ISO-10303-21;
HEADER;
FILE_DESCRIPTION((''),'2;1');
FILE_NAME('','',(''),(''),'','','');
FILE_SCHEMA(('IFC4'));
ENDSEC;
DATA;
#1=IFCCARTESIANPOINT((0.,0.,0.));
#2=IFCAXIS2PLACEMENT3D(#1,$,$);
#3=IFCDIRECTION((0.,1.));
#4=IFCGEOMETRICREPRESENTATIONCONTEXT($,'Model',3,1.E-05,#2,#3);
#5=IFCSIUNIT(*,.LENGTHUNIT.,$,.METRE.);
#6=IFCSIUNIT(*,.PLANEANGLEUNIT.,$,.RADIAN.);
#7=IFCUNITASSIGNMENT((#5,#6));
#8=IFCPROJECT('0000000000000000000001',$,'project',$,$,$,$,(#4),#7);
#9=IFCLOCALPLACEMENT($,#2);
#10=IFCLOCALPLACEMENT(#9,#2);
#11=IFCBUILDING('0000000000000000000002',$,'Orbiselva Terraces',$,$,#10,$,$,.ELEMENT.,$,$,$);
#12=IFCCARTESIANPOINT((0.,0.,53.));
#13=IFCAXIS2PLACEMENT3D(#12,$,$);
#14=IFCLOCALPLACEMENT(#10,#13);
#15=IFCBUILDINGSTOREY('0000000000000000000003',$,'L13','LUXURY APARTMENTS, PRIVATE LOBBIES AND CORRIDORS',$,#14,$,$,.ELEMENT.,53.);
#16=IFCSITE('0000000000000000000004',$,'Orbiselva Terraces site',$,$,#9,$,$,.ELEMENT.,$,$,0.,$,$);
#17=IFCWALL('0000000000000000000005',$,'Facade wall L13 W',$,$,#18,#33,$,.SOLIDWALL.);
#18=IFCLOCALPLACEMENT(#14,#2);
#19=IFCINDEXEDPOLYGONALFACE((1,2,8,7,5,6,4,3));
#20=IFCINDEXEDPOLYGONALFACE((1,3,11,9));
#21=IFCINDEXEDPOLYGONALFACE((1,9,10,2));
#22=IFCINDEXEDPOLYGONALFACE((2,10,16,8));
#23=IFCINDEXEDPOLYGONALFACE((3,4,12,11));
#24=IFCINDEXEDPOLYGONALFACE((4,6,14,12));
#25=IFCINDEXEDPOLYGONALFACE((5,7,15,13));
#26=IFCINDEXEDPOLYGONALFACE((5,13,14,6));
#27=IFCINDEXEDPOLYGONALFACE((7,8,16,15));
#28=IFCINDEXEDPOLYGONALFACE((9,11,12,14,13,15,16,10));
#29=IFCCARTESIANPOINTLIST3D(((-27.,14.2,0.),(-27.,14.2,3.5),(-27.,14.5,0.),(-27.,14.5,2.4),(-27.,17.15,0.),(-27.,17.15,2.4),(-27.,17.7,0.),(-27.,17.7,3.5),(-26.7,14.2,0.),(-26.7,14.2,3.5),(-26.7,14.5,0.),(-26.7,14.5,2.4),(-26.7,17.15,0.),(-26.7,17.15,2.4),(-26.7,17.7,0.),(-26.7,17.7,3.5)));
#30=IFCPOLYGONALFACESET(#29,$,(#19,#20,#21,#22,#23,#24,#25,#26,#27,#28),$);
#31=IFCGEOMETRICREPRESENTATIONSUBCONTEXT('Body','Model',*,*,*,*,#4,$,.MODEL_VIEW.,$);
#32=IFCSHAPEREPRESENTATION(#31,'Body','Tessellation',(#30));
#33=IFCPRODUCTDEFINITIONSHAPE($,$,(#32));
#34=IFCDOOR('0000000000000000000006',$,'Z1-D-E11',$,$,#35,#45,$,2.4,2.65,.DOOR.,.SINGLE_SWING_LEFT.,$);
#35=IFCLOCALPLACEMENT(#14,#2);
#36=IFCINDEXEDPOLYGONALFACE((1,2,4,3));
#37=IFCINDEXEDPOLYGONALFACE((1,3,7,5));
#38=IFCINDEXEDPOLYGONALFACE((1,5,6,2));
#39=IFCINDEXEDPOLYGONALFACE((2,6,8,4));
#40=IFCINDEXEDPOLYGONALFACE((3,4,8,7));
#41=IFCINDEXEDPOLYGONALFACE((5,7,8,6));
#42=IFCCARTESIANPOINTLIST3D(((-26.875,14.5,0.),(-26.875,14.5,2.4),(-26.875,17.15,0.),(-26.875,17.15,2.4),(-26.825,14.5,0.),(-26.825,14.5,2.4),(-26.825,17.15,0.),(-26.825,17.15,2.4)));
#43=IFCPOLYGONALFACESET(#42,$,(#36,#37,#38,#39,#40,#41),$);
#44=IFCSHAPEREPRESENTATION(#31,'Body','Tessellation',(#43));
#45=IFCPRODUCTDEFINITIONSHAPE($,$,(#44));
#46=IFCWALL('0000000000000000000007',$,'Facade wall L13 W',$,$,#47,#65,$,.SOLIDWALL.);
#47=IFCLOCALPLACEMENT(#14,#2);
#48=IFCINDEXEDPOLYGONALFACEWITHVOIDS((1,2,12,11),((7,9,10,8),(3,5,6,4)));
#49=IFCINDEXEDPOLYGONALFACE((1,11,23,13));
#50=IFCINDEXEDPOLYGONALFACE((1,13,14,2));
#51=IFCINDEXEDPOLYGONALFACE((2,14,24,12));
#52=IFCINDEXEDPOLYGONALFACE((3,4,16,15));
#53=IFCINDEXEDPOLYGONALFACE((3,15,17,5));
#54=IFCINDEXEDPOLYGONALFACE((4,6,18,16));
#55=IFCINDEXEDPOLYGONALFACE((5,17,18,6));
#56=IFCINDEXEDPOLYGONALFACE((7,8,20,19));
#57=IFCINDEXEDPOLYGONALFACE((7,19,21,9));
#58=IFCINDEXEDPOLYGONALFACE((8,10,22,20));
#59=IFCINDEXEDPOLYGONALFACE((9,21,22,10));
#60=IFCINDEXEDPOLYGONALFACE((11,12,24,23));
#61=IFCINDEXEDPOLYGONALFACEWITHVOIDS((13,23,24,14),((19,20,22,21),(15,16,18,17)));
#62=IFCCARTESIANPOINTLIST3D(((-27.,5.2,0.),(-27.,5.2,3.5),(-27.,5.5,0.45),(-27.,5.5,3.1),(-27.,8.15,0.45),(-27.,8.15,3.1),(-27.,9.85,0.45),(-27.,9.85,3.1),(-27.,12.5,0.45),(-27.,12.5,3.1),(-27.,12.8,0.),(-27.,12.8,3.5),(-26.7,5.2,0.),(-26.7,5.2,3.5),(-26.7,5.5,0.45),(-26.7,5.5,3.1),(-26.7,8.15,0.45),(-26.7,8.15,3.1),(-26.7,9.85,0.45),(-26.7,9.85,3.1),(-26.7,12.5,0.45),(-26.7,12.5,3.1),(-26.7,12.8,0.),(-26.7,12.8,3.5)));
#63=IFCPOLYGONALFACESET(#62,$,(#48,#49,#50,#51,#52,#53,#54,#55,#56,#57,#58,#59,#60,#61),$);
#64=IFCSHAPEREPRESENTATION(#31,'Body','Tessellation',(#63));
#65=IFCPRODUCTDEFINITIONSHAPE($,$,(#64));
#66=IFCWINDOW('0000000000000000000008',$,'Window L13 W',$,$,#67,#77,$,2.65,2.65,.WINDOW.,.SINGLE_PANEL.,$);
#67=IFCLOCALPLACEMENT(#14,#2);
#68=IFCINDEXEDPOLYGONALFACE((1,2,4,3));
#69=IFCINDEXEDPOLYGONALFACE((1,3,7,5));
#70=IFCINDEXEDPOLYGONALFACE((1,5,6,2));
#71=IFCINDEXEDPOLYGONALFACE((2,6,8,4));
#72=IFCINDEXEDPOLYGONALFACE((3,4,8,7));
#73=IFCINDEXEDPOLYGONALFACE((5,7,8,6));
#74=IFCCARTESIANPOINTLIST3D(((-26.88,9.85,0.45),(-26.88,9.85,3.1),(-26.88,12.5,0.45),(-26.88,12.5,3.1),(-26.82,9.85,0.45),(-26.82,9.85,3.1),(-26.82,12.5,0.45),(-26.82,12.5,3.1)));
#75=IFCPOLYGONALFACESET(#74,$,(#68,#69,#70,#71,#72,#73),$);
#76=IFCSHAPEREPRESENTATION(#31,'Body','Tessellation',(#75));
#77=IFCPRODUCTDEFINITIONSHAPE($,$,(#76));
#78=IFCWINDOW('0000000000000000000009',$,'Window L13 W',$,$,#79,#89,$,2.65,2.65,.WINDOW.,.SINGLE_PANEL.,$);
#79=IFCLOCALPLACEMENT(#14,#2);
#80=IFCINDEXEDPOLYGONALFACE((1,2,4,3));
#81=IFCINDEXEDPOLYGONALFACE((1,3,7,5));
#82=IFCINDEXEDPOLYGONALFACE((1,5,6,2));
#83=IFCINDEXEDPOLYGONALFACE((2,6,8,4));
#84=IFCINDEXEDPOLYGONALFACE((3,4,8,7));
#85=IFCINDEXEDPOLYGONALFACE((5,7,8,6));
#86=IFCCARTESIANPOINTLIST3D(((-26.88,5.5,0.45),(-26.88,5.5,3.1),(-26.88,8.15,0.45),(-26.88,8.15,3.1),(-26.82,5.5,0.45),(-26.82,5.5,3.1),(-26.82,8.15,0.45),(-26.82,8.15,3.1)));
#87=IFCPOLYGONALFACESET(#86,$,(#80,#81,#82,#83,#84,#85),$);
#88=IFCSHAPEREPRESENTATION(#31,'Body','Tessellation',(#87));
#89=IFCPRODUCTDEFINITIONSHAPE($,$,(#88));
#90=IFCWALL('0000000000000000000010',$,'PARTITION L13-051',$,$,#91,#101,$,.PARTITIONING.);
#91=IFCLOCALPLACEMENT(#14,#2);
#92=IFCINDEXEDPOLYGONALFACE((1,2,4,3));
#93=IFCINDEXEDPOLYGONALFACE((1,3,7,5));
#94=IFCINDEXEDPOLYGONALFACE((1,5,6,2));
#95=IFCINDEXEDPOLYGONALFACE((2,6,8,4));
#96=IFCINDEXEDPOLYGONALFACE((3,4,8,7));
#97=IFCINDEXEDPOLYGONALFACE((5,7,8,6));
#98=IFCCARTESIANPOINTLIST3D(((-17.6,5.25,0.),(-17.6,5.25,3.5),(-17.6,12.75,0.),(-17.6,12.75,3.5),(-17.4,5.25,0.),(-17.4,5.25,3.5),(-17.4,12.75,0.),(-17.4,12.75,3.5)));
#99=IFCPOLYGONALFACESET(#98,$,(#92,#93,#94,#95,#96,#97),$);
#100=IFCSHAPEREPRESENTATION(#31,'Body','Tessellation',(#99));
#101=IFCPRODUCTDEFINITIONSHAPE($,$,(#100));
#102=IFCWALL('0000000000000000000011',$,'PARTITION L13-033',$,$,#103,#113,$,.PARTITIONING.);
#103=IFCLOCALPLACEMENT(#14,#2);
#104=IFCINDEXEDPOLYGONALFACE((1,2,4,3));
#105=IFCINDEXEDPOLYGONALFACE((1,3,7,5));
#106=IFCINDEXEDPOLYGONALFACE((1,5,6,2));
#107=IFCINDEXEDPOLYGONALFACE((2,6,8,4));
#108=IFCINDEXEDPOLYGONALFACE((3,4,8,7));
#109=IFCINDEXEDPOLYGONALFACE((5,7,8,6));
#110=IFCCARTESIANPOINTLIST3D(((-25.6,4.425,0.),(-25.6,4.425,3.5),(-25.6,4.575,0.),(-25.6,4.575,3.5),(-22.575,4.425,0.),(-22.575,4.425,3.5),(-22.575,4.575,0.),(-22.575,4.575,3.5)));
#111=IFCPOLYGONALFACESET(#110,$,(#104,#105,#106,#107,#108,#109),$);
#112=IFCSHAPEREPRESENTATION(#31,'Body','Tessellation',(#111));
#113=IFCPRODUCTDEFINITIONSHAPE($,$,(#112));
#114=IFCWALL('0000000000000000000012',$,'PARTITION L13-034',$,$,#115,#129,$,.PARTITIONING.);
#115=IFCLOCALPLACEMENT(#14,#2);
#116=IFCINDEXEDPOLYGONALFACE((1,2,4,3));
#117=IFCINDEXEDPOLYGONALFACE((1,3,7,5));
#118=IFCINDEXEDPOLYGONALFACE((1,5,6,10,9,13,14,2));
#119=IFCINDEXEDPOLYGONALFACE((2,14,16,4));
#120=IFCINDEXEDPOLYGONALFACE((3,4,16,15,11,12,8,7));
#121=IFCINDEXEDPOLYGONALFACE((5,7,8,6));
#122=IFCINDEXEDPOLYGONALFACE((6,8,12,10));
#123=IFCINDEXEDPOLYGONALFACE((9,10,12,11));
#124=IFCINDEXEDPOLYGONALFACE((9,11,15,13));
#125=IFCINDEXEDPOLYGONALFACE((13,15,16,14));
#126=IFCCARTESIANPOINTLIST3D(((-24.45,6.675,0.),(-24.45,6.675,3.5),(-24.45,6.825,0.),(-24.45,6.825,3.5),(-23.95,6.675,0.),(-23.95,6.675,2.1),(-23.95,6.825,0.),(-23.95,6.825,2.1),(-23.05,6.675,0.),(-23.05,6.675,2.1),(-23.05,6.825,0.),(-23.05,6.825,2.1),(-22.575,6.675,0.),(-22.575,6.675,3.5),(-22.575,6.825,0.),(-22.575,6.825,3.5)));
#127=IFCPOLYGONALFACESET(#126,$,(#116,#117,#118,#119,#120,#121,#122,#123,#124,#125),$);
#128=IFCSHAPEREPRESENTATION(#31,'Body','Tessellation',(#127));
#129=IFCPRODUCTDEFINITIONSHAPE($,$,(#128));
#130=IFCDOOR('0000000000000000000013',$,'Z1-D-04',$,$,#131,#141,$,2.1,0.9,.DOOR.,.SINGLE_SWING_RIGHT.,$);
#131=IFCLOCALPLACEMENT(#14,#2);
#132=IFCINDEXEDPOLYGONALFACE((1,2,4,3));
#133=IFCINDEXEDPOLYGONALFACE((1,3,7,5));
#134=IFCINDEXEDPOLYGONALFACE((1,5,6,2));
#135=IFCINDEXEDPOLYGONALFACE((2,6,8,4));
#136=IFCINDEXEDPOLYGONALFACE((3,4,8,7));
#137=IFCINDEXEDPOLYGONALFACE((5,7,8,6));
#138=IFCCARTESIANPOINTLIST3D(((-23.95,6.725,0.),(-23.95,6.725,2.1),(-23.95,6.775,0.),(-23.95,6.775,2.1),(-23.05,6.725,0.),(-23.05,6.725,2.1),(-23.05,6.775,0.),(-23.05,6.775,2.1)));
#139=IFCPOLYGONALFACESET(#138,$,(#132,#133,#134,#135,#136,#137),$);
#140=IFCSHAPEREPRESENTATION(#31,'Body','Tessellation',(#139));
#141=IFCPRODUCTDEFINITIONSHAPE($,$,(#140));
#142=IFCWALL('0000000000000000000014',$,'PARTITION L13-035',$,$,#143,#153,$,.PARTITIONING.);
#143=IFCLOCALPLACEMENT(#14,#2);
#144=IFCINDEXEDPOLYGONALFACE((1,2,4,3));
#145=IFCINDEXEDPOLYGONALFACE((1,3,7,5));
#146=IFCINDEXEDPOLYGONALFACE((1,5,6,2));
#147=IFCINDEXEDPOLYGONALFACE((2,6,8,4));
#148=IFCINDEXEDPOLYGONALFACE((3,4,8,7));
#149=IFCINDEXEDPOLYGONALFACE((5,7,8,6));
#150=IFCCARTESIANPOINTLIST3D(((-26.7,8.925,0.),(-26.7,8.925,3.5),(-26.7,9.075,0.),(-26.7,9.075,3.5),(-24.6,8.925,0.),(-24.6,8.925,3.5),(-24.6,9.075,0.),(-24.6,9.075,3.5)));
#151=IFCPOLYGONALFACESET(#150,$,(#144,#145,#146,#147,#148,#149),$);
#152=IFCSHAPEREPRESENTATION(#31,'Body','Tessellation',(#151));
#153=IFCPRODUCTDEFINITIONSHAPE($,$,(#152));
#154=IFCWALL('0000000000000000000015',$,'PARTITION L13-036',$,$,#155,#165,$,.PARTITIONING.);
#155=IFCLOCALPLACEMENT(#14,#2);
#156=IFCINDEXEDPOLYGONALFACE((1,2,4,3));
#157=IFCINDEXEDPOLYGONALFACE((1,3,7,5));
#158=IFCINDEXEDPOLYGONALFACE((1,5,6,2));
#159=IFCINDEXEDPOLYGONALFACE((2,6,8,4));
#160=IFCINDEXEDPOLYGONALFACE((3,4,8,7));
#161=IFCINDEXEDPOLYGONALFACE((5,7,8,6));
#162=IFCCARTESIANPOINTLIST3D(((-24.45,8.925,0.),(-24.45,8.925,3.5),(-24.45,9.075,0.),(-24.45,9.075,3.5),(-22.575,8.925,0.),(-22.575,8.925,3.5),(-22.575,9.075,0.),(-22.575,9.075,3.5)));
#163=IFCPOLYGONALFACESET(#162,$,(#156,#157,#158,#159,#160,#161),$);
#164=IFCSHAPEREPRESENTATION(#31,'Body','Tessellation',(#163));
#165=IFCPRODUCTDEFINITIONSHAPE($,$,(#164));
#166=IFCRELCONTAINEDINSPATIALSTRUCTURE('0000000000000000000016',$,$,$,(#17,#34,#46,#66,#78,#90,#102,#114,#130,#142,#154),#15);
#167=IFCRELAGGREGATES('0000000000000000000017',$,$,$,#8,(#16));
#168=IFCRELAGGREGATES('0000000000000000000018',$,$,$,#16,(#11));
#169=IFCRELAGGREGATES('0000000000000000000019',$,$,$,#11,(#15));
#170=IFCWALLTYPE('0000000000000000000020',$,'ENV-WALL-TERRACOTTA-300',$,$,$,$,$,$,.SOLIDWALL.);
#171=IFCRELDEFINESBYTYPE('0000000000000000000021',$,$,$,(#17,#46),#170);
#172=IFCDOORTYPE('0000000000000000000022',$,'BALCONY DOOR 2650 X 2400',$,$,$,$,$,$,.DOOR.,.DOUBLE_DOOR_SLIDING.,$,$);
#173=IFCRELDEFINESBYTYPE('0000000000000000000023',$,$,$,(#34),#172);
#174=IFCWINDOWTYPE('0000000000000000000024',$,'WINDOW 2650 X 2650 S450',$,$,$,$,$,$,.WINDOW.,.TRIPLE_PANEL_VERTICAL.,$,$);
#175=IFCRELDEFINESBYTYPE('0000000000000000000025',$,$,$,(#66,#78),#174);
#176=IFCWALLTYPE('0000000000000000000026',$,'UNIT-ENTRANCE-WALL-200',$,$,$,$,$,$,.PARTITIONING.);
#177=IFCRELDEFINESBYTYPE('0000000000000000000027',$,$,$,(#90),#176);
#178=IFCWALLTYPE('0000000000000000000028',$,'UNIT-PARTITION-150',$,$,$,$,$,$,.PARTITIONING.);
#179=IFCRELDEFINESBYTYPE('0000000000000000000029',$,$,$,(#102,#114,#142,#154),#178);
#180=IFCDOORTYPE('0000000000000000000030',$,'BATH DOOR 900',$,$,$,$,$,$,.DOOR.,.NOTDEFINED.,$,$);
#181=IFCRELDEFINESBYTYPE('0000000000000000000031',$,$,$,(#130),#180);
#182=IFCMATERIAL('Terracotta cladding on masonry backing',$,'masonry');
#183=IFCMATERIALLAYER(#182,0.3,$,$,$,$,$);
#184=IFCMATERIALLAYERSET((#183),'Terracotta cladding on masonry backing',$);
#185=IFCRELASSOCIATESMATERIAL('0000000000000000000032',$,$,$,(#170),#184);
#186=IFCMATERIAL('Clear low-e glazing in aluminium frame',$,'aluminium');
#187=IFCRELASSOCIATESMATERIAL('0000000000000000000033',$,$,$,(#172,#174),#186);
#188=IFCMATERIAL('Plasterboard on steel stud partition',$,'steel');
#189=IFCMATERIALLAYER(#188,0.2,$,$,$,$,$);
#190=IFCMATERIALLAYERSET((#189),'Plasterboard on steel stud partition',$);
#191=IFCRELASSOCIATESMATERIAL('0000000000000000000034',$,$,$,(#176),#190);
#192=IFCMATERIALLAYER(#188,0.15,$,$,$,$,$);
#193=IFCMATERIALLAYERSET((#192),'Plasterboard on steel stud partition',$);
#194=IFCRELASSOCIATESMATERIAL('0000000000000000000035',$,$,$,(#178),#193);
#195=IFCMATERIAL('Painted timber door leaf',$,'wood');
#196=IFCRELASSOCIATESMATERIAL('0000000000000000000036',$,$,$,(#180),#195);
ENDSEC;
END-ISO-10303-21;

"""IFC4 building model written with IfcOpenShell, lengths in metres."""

from ifc_helpers import new_model, si_unit, direction, frame, frame_2d, origin, place, context, subcontext, project, spatial, rectangle, extrude, material, layer, layer_set, type_object, element, fill, save


model = new_model("IFC4")

# Units and contexts
model_context = context("Model", 3, precision=1e-05, world=origin(), true_north=direction((0.0, 1.0)))
body_context = subcontext(model_context, "Body", "Model", "MODEL_VIEW")
ifc_project = project(units=[si_unit("LENGTHUNIT", "METRE"), si_unit("PLANEANGLEUNIT", "RADIAN")], contexts=[model_context])

# Site, building, storey
site_placement = place(None, origin())
site = spatial("IfcSite", under=ifc_project, at=site_placement, Name="Orbiselva Terraces site", CompositionType="ELEMENT", RefElevation=0.0)
building_placement = place(site_placement, origin())
building = spatial("IfcBuilding", under=site, at=building_placement, Name="Orbiselva Terraces", CompositionType="ELEMENT")
storey_placement = place(building_placement, frame((0.0, 0.0, 53.0)))
storey = spatial("IfcBuildingStorey", under=building, at=storey_placement, Name="L13", Description="LUXURY APARTMENTS, PRIVATE LOBBIES AND CORRIDORS", CompositionType="ELEMENT", Elevation=53.0)

# Wall, opening, door
ifc_material_1 = material(Name="Terracotta cladding on masonry backing", Category="masonry")
ifc_layer_1 = layer(ifc_material_1, 0.3)
ifc_layer_set_1 = layer_set([ifc_layer_1], Name="Terracotta cladding on masonry backing")
wall_type_1 = type_object("IfcWallType", Name="ENV-WALL-TERRACOTTA-300", PredefinedType="SOLIDWALL", material=ifc_layer_set_1)
wall_1_placement = place(storey_placement, frame((-26.85, 14.2, 0.0), z_axis=(0.0, 0.0, 1.0), x_axis=(0.0, 1.0, 0.0)))
wall_1 = element("IfcWall", 1, at=wall_1_placement, inside=storey, type_object=wall_type_1, Name="Facade wall L13 W", PredefinedType="SOLIDWALL", context=body_context, shape_type="SweptSolid", body=[
    extrude(rectangle(XDim=3.5, YDim=0.3, at=frame_2d((1.75, 0.0))), origin(), (0.0, 0.0, 1.0), 3.5),
])
opening_1_placement = place(wall_1_placement, frame((0.3, 0.0, 0.0)))
opening_1 = element("IfcOpeningElement", 2, at=opening_1_placement, cuts=wall_1, PredefinedType="OPENING", context=body_context, shape_type="SweptSolid", body=[
    extrude(rectangle(XDim=2.65, YDim=2.4, at=frame_2d((1.325, 1.2))), frame((0.0, 0.16, 0.0), z_axis=(0.0, -1.0, 0.0), x_axis=(1.0, 0.0, 0.0)), (0.0, 0.0, 1.0), 0.32),
])
ifc_material_2 = material(Name="Clear low-e glazing in aluminium frame", Category="aluminium")
door_type_1 = type_object("IfcDoorType", Name="BALCONY DOOR 2650 X 2400", OperationType="DOUBLE_DOOR_SLIDING", PredefinedType="DOOR", material=ifc_material_2)
door_1_placement = place(opening_1_placement, origin())
door_1 = element("IfcDoor", 3, at=door_1_placement, inside=storey, type_object=door_type_1, Name="Z1-D-E11", OperationType="SINGLE_SWING_LEFT", OverallHeight=2.4, OverallWidth=2.65, PredefinedType="DOOR", context=body_context, shape_type="SweptSolid", body=[
    extrude(rectangle(XDim=2.65, YDim=2.4, at=frame_2d((1.325, 1.2))), frame((0.0, 0.025, 0.0), z_axis=(0.0, -1.0, 0.0), x_axis=(1.0, 0.0, 0.0)), (0.0, 0.0, 1.0), 0.05),
])
fill(opening_1, door_1)

# Wall, openings, windows
wall_2_placement = place(storey_placement, frame((-26.85, 5.2, 0.0), z_axis=(0.0, 0.0, 1.0), x_axis=(0.0, 1.0, 0.0)))
wall_2 = element("IfcWall", 4, at=wall_2_placement, inside=storey, type_object=wall_type_1, Name="Facade wall L13 W", PredefinedType="SOLIDWALL", context=body_context, shape_type="SweptSolid", body=[
    extrude(rectangle(XDim=7.6, YDim=0.3, at=frame_2d((3.8, 0.0))), origin(), (0.0, 0.0, 1.0), 3.5),
])
opening_2_placement = place(wall_2_placement, frame((4.65, 0.0, 0.45)))
opening_2 = element("IfcOpeningElement", 5, at=opening_2_placement, cuts=wall_2, PredefinedType="OPENING", context=body_context, shape_type="SweptSolid", body=[
    extrude(rectangle(XDim=2.65, YDim=2.65, at=frame_2d((1.325, 1.325))), frame((0.0, 0.16, 0.0), z_axis=(0.0, -1.0, 0.0), x_axis=(1.0, 0.0, 0.0)), (0.0, 0.0, 1.0), 0.32),
])
opening_3_placement = place(wall_2_placement, frame((0.3, 0.0, 0.45)))
opening_3 = element("IfcOpeningElement", 6, at=opening_3_placement, cuts=wall_2, PredefinedType="OPENING", context=body_context, shape_type="SweptSolid", body=[
    extrude(rectangle(XDim=2.65, YDim=2.65, at=frame_2d((1.325, 1.325))), frame((0.0, 0.16, 0.0), z_axis=(0.0, -1.0, 0.0), x_axis=(1.0, 0.0, 0.0)), (0.0, 0.0, 1.0), 0.32),
])
window_type = type_object("IfcWindowType", Name="WINDOW 2650 X 2650 S450", PartitioningType="TRIPLE_PANEL_VERTICAL", PredefinedType="WINDOW", material=ifc_material_2)
window_1_placement = place(opening_2_placement, origin())
window_1 = element("IfcWindow", 7, at=window_1_placement, inside=storey, type_object=window_type, Name="Window L13 W", OverallHeight=2.65, OverallWidth=2.65, PartitioningType="SINGLE_PANEL", PredefinedType="WINDOW", context=body_context, shape_type="SweptSolid", body=[
    extrude(rectangle(XDim=2.65, YDim=2.65, at=frame_2d((1.325, 1.325))), frame((0.0, 0.03, 0.0), z_axis=(0.0, -1.0, 0.0), x_axis=(1.0, 0.0, 0.0)), (0.0, 0.0, 1.0), 0.06),
])
fill(opening_2, window_1)
window_2_placement = place(opening_3_placement, origin())
window_2 = element("IfcWindow", 8, at=window_2_placement, inside=storey, type_object=window_type, Name="Window L13 W", OverallHeight=2.65, OverallWidth=2.65, PartitioningType="SINGLE_PANEL", PredefinedType="WINDOW", context=body_context, shape_type="SweptSolid", body=[
    extrude(rectangle(XDim=2.65, YDim=2.65, at=frame_2d((1.325, 1.325))), frame((0.0, 0.03, 0.0), z_axis=(0.0, -1.0, 0.0), x_axis=(1.0, 0.0, 0.0)), (0.0, 0.0, 1.0), 0.06),
])
fill(opening_3, window_2)

# Walls
ifc_material_3 = material(Name="Plasterboard on steel stud partition", Category="steel")
ifc_layer_2 = layer(ifc_material_3, 0.2)
ifc_layer_set_2 = layer_set([ifc_layer_2], Name="Plasterboard on steel stud partition")
wall_type_2 = type_object("IfcWallType", Name="UNIT-ENTRANCE-WALL-200", PredefinedType="PARTITIONING", material=ifc_layer_set_2)
wall_3_placement = place(storey_placement, frame((-17.5, 5.25, 0.0), z_axis=(0.0, 0.0, 1.0), x_axis=(0.0, 1.0, 0.0)))
element("IfcWall", 9, at=wall_3_placement, inside=storey, type_object=wall_type_2, Name="PARTITION L13-051", PredefinedType="PARTITIONING", context=body_context, shape_type="SweptSolid", body=[
    extrude(rectangle(XDim=7.5, YDim=0.2, at=frame_2d((3.75, 0.0))), origin(), (0.0, 0.0, 1.0), 3.5),
])
ifc_layer_3 = layer(ifc_material_3, 0.15)
ifc_layer_set_3 = layer_set([ifc_layer_3], Name="Plasterboard on steel stud partition")
wall_type_3 = type_object("IfcWallType", Name="UNIT-PARTITION-150", PredefinedType="PARTITIONING", material=ifc_layer_set_3)
wall_4_placement = place(storey_placement, frame((-25.6, 4.5, 0.0), z_axis=(0.0, 0.0, 1.0), x_axis=(1.0, 0.0, 0.0)))
element("IfcWall", 10, at=wall_4_placement, inside=storey, type_object=wall_type_3, Name="PARTITION L13-033", PredefinedType="PARTITIONING", context=body_context, shape_type="SweptSolid", body=[
    extrude(rectangle(XDim=3.025, YDim=0.15, at=frame_2d((1.5125, 0.0))), origin(), (0.0, 0.0, 1.0), 3.5),
])

# Wall, opening, door
wall_5_placement = place(storey_placement, frame((-24.45, 6.75, 0.0), z_axis=(0.0, 0.0, 1.0), x_axis=(1.0, 0.0, 0.0)))
wall_5 = element("IfcWall", 11, at=wall_5_placement, inside=storey, type_object=wall_type_3, Name="PARTITION L13-034", PredefinedType="PARTITIONING", context=body_context, shape_type="SweptSolid", body=[
    extrude(rectangle(XDim=1.875, YDim=0.15, at=frame_2d((0.9375, 0.0))), origin(), (0.0, 0.0, 1.0), 3.5),
])
opening_4_placement = place(wall_5_placement, frame((0.5, 0.0, 0.0)))
opening_4 = element("IfcOpeningElement", 12, at=opening_4_placement, cuts=wall_5, PredefinedType="OPENING", context=body_context, shape_type="SweptSolid", body=[
    extrude(rectangle(XDim=0.9, YDim=2.1, at=frame_2d((0.45, 1.05))), frame((0.0, 0.085, 0.0), z_axis=(0.0, -1.0, 0.0), x_axis=(1.0, 0.0, 0.0)), (0.0, 0.0, 1.0), 0.17),
])
ifc_material_4 = material(Name="Painted timber door leaf", Category="wood")
door_type_2 = type_object("IfcDoorType", Name="BATH DOOR 900", OperationType="NOTDEFINED", PredefinedType="DOOR", material=ifc_material_4)
door_2_placement = place(opening_4_placement, origin())
door_2 = element("IfcDoor", 13, at=door_2_placement, inside=storey, type_object=door_type_2, Name="Z1-D-04", OperationType="SINGLE_SWING_RIGHT", OverallHeight=2.1, OverallWidth=0.9, PredefinedType="DOOR", context=body_context, shape_type="SweptSolid", body=[
    extrude(rectangle(XDim=0.9, YDim=2.1, at=frame_2d((0.45, 1.05))), frame((0.0, 0.025, 0.0), z_axis=(0.0, -1.0, 0.0), x_axis=(1.0, 0.0, 0.0)), (0.0, 0.0, 1.0), 0.05),
])
fill(opening_4, door_2)

# Walls
wall_6_placement = place(storey_placement, frame((-26.7, 9.0, 0.0), z_axis=(0.0, 0.0, 1.0), x_axis=(1.0, 0.0, 0.0)))
element("IfcWall", 14, at=wall_6_placement, inside=storey, type_object=wall_type_3, Name="PARTITION L13-035", PredefinedType="PARTITIONING", context=body_context, shape_type="SweptSolid", body=[
    extrude(rectangle(XDim=2.1, YDim=0.15, at=frame_2d((1.05, 0.0))), origin(), (0.0, 0.0, 1.0), 3.5),
])
wall_7_placement = place(storey_placement, frame((-24.45, 9.0, 0.0), z_axis=(0.0, 0.0, 1.0), x_axis=(1.0, 0.0, 0.0)))
element("IfcWall", 15, at=wall_7_placement, inside=storey, type_object=wall_type_3, Name="PARTITION L13-036", PredefinedType="PARTITIONING", context=body_context, shape_type="SweptSolid", body=[
    extrude(rectangle(XDim=1.875, YDim=0.15, at=frame_2d((0.9375, 0.0))), origin(), (0.0, 0.0, 1.0), 3.5),
])

save(model, "model.ifc")
